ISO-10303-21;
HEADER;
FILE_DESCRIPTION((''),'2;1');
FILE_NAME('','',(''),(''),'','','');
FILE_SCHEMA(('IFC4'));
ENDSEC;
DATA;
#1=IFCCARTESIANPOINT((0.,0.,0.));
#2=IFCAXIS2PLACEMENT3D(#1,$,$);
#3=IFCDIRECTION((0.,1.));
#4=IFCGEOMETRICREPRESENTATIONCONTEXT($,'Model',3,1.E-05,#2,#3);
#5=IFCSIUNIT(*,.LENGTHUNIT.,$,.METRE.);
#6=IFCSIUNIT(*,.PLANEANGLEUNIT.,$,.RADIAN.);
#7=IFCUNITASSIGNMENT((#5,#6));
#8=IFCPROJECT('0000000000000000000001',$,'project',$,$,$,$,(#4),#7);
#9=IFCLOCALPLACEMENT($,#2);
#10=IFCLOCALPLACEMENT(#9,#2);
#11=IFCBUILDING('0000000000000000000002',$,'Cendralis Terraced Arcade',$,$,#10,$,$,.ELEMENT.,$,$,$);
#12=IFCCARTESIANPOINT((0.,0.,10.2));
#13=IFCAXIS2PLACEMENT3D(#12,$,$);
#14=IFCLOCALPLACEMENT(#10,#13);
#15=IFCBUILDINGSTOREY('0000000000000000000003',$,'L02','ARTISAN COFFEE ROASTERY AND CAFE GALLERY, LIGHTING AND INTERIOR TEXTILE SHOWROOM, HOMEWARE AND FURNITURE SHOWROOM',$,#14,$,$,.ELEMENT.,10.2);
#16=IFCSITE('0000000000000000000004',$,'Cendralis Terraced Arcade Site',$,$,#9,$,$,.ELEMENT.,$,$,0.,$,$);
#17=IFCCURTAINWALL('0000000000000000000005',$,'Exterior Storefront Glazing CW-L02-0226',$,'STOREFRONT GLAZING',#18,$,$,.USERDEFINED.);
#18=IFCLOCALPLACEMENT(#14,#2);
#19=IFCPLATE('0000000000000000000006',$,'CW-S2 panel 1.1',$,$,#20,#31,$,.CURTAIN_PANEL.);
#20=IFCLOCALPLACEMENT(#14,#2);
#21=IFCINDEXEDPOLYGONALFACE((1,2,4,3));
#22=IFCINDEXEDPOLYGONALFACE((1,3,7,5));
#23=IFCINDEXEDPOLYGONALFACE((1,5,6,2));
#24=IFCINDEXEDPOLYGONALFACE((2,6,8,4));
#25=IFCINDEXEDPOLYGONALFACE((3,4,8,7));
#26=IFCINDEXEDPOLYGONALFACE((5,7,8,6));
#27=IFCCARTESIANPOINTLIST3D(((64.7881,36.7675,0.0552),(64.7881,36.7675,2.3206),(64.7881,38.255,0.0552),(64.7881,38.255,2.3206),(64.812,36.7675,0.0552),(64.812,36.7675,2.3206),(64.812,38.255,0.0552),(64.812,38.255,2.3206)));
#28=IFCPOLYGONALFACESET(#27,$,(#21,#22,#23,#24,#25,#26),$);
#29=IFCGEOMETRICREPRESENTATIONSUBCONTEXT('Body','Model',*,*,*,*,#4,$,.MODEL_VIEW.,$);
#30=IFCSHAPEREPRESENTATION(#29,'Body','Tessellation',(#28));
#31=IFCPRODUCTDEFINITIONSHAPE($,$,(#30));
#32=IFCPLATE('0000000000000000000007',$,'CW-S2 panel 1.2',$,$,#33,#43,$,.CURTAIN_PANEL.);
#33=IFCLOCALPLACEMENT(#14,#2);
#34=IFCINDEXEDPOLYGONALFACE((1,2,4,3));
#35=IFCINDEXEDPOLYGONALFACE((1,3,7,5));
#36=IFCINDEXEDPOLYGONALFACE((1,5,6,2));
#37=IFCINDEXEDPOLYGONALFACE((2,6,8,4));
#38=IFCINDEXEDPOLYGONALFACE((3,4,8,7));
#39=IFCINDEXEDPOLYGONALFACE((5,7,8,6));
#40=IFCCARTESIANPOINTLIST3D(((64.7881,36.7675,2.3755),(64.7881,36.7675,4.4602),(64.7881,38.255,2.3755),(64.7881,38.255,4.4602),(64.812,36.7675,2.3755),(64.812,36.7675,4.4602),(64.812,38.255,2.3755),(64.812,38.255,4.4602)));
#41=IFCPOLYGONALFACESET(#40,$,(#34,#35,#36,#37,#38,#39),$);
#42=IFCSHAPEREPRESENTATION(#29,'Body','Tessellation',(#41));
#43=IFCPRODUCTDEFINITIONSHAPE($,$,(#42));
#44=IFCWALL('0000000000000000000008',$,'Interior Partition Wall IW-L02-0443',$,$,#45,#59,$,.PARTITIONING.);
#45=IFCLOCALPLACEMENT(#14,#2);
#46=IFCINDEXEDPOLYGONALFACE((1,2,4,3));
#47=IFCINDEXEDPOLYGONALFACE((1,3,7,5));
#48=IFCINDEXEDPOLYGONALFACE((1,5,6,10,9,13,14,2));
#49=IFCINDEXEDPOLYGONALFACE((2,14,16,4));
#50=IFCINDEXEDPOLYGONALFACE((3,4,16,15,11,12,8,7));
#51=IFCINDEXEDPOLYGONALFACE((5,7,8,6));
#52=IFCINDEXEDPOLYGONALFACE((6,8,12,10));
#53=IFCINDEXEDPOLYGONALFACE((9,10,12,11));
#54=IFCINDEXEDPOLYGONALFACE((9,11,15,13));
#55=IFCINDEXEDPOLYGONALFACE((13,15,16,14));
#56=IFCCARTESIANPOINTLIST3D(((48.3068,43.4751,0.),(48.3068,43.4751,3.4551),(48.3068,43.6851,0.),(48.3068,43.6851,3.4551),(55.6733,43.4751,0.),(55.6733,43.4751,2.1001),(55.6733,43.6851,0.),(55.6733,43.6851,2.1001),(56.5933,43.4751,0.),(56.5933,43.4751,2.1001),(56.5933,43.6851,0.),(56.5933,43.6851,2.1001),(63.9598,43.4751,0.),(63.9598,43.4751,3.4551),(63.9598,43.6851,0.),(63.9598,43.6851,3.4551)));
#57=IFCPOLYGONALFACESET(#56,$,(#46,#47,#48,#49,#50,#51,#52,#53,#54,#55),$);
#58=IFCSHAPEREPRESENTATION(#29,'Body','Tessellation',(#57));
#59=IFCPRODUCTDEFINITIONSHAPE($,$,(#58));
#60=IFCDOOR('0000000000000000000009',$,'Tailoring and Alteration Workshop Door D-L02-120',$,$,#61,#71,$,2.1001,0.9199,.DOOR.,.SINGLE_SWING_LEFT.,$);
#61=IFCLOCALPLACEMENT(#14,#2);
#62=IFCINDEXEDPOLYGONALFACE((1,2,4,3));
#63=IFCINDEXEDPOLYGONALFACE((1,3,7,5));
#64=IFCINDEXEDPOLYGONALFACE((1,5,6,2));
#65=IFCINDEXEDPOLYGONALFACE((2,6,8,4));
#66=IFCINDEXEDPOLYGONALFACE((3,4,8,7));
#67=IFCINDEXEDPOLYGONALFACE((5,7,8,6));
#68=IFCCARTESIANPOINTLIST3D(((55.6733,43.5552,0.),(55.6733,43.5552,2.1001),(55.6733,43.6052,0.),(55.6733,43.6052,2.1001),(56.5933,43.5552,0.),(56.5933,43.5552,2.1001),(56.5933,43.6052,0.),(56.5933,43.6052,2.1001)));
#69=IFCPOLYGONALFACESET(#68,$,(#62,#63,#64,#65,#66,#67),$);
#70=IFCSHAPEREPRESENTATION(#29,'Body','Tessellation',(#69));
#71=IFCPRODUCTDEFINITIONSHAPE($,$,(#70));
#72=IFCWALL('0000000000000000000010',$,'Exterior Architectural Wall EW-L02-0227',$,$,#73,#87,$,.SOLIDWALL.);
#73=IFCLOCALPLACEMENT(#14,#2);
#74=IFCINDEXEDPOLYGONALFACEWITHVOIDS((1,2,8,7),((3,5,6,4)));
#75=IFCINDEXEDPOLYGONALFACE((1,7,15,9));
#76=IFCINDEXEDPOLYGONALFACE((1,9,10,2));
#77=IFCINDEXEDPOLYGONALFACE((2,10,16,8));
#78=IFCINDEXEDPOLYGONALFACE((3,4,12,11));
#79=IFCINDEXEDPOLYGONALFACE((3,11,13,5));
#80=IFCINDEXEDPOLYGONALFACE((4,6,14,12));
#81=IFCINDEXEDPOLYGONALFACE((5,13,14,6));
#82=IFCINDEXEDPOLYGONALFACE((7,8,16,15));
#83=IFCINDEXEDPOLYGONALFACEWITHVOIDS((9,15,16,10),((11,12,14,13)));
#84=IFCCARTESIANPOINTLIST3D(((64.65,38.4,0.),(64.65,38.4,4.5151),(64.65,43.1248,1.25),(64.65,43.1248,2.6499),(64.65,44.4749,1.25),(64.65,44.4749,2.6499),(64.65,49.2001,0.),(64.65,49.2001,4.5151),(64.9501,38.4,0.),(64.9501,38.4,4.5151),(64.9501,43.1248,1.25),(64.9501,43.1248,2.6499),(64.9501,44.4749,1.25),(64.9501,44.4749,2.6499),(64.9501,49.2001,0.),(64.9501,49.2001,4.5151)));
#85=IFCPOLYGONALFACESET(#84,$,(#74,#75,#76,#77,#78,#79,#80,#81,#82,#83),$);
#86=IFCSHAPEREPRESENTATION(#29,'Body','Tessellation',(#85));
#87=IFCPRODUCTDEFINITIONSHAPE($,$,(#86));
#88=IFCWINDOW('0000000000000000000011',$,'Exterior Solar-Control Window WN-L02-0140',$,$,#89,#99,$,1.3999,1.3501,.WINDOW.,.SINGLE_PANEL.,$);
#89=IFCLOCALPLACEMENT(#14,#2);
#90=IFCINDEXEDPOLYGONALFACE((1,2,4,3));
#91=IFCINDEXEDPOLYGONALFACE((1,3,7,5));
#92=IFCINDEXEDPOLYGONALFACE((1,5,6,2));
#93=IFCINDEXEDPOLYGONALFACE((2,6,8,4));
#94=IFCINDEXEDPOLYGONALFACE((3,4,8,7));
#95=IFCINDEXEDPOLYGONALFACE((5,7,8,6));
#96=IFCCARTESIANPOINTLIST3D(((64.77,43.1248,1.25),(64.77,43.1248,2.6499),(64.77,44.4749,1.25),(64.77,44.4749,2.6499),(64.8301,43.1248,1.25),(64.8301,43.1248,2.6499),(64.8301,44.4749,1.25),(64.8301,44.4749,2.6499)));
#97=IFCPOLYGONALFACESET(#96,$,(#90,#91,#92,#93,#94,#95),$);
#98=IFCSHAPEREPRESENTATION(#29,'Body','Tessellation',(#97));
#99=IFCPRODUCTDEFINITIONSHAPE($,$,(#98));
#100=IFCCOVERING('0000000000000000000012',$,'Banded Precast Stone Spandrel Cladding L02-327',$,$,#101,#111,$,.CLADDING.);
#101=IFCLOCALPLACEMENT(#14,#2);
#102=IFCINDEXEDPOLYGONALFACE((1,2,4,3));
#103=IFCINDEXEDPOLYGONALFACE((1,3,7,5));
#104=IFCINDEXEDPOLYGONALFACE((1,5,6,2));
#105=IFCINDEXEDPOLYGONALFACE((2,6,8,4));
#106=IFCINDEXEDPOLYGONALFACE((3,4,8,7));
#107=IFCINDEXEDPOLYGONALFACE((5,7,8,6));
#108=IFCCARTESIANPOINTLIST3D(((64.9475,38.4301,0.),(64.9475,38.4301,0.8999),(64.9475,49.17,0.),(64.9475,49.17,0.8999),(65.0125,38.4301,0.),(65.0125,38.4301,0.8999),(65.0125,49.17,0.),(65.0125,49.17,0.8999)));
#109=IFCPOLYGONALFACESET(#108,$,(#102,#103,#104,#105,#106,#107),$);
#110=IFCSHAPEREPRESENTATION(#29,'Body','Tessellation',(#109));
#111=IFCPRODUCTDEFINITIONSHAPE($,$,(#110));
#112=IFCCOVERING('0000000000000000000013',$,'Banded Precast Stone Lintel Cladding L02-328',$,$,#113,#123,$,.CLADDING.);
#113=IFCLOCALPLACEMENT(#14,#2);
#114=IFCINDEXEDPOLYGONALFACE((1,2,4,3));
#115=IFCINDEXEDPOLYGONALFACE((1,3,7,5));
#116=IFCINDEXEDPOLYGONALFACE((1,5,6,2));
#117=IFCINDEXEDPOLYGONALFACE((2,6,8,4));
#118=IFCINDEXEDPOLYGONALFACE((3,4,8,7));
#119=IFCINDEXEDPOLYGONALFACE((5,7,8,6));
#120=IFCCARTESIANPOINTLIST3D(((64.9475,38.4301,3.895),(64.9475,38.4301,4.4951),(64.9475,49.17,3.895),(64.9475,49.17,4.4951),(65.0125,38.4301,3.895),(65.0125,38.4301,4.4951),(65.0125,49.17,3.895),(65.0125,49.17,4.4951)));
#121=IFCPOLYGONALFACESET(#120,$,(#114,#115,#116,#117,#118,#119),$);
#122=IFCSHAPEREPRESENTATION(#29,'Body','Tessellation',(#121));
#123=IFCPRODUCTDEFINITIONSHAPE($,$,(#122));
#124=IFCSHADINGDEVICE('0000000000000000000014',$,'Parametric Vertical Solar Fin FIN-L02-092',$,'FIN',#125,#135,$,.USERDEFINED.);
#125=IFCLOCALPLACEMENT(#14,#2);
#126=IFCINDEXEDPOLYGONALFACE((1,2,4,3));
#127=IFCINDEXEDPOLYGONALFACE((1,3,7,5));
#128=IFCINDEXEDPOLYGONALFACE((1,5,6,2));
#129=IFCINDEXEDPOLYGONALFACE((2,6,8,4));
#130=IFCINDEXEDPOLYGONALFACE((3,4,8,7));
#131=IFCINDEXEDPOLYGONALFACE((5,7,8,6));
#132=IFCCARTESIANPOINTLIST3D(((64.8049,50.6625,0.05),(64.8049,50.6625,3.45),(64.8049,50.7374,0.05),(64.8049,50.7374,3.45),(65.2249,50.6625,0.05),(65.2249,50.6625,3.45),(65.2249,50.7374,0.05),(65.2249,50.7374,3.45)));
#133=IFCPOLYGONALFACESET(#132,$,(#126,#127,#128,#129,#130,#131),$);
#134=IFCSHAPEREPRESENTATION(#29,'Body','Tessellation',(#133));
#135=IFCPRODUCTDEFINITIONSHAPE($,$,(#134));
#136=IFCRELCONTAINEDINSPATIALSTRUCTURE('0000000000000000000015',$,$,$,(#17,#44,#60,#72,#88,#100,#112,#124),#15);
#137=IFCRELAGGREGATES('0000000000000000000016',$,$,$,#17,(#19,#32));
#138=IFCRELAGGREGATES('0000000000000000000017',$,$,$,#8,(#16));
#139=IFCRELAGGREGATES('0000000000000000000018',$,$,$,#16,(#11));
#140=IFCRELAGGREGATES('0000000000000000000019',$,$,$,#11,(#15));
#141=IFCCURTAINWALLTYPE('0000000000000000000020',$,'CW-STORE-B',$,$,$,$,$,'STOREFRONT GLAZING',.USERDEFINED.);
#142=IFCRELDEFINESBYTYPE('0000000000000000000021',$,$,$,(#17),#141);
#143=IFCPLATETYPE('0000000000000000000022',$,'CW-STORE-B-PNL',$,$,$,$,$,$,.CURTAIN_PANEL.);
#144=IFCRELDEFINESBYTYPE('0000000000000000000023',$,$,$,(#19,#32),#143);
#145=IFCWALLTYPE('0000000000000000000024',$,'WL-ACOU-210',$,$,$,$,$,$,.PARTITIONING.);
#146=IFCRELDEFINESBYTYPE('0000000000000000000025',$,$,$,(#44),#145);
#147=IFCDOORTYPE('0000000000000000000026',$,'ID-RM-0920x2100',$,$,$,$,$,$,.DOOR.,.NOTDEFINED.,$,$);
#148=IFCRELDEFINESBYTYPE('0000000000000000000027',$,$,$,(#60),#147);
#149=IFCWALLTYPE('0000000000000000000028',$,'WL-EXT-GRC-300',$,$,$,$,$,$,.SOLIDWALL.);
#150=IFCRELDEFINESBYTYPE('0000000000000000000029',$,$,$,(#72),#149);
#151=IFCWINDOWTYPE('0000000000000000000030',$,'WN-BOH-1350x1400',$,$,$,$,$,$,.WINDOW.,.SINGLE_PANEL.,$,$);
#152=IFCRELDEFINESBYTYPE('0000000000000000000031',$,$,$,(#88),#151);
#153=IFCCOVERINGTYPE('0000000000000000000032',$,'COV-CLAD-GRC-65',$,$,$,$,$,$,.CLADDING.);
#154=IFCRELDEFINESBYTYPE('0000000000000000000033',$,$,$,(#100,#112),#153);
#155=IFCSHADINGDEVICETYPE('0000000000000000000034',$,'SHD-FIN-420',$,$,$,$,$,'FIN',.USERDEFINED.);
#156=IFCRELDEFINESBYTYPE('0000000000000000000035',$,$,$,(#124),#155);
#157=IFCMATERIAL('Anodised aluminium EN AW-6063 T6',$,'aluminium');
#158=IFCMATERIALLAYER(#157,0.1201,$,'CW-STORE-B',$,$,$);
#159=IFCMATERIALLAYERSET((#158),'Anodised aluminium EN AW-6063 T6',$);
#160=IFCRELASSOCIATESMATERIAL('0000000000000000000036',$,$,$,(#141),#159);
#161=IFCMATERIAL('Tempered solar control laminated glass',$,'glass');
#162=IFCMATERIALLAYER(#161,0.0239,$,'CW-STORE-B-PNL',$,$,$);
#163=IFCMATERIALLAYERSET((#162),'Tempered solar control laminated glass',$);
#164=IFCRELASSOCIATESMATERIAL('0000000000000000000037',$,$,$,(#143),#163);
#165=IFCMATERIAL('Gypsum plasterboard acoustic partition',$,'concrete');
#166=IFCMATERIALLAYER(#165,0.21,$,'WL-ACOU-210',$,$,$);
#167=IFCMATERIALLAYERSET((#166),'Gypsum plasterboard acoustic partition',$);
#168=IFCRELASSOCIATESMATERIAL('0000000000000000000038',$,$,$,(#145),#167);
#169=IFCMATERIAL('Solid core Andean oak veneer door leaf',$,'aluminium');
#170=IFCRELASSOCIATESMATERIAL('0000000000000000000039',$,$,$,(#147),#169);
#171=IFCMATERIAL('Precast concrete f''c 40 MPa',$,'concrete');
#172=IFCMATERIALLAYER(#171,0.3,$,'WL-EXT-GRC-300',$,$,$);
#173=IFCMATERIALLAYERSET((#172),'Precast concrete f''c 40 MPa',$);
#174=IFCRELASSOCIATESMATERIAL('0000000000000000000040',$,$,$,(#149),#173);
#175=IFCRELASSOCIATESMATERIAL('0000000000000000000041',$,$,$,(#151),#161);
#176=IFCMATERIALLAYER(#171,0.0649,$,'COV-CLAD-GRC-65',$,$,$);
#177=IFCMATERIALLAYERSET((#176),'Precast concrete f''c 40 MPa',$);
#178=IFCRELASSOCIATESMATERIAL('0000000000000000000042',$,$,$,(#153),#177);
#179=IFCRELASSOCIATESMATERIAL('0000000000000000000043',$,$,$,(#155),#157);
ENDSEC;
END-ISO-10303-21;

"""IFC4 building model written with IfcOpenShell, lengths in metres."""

from ifc_helpers import new_model, si_unit, direction, frame, frame_2d, origin, origin_2d, place, context, subcontext, project, spatial, rectangle, extrude, material, layer, layer_set, type_object, element, fill, aggregate, save


model = new_model("IFC4")

# Units and contexts
model_context = context("Model", 3, precision=1e-05, world=origin(), true_north=direction((0.0, 1.0)))
body_context = subcontext(model_context, "Body", "Model", "MODEL_VIEW")
ifc_project = project(units=[si_unit("LENGTHUNIT", "METRE"), si_unit("PLANEANGLEUNIT", "RADIAN")], contexts=[model_context])

# Site, building, storey
site_placement = place(None, origin())
site = spatial("IfcSite", under=ifc_project, at=site_placement, Name="Cendralis Terraced Arcade Site", CompositionType="ELEMENT", RefElevation=0.0)
building_placement = place(site_placement, origin())
building = spatial("IfcBuilding", under=site, at=building_placement, Name="Cendralis Terraced Arcade", CompositionType="ELEMENT")
storey_placement = place(building_placement, frame((0.0, 0.0, 10.2)))
storey = spatial("IfcBuildingStorey", under=building, at=storey_placement, Name="L02", Description="ARTISAN COFFEE ROASTERY AND CAFE GALLERY, LIGHTING AND INTERIOR TEXTILE SHOWROOM, HOMEWARE AND FURNITURE SHOWROOM", CompositionType="ELEMENT", Elevation=10.2)

# Shared definitions
ifc_material_1 = material(Name="Anodised aluminium EN AW-6063 T6", Category="aluminium")
ifc_layer_1 = layer(ifc_material_1, 0.1201, Name="CW-STORE-B")
ifc_layer_set_1 = layer_set([ifc_layer_1], Name="Anodised aluminium EN AW-6063 T6")
curtain_wall_type = type_object("IfcCurtainWallType", Name="CW-STORE-B", ElementType="STOREFRONT GLAZING", PredefinedType="USERDEFINED", material=ifc_layer_set_1)

# Curtain wall
curtain_wall_1_placement = place(storey_placement, origin())
curtain_wall_1 = element("IfcCurtainWall", 1, at=curtain_wall_1_placement, inside=storey, type_object=curtain_wall_type, Name="Exterior Storefront Glazing CW-L02-0226", ObjectType="STOREFRONT GLAZING", PredefinedType="USERDEFINED")

# Plates
ifc_material_2 = material(Name="Tempered solar control laminated glass", Category="glass")
ifc_layer_2 = layer(ifc_material_2, 0.0239, Name="CW-STORE-B-PNL")
ifc_layer_set_2 = layer_set([ifc_layer_2], Name="Tempered solar control laminated glass")
plate_type = type_object("IfcPlateType", Name="CW-STORE-B-PNL", PredefinedType="CURTAIN_PANEL", material=ifc_layer_set_2)
plate_1_placement = place(storey_placement, frame((64.8, 37.5112, 0.0552), z_axis=(0.0, 0.0, 1.0), x_axis=(0.0, -1.0, 0.0)))
plate_1 = element("IfcPlate", 2, at=plate_1_placement, type_object=plate_type, Name="CW-S2 panel 1.1", PredefinedType="CURTAIN_PANEL", context=body_context, shape_type="SweptSolid", body=[
    extrude(rectangle(XDim=1.4875, YDim=0.0239, at=origin_2d()), origin(), (0.0, 0.0, 1.0), 2.2654),
])
plate_2_placement = place(storey_placement, frame((64.8, 37.5112, 2.3755), z_axis=(0.0, 0.0, 1.0), x_axis=(0.0, -1.0, 0.0)))
plate_2 = element("IfcPlate", 3, at=plate_2_placement, type_object=plate_type, Name="CW-S2 panel 1.2", PredefinedType="CURTAIN_PANEL", context=body_context, shape_type="SweptSolid", body=[
    extrude(rectangle(XDim=1.4875, YDim=0.0239, at=origin_2d()), origin(), (0.0, 0.0, 1.0), 2.0847),
])
aggregate(curtain_wall_1, [plate_1, plate_2])

# Wall, opening, door
ifc_material_3 = material(Name="Gypsum plasterboard acoustic partition", Category="concrete")
ifc_layer_3 = layer(ifc_material_3, 0.21, Name="WL-ACOU-210")
ifc_layer_set_3 = layer_set([ifc_layer_3], Name="Gypsum plasterboard acoustic partition")
wall_type_1 = type_object("IfcWallType", Name="WL-ACOU-210", PredefinedType="PARTITIONING", material=ifc_layer_set_3)
wall_1_placement = place(storey_placement, frame((63.96, 43.5801, 0.0), z_axis=(0.0, 0.0, 1.0), x_axis=(-1.0, 0.0, 0.0)))
wall_1 = element("IfcWall", 4, at=wall_1_placement, inside=storey, type_object=wall_type_1, Name="Interior Partition Wall IW-L02-0443", PredefinedType="PARTITIONING", context=body_context, shape_type="SweptSolid", body=[
    extrude(rectangle(XDim=15.6531, YDim=0.21, at=frame_2d((7.8267, 0.0))), origin(), (0.0, 0.0, 1.0), 3.4551),
])
opening_1_placement = place(wall_1_placement, frame((7.3667, 0.0, 0.0)))
opening_1 = element("IfcOpeningElement", 5, at=opening_1_placement, cuts=wall_1, PredefinedType="OPENING", context=body_context, shape_type="SweptSolid", body=[
    extrude(rectangle(XDim=0.9199, YDim=2.1001, at=frame_2d((0.46, 1.05))), frame((0.0, 0.1169, 0.0), z_axis=(0.0, -1.0, 0.0), x_axis=(1.0, 0.0, 0.0)), (0.0, 0.0, 1.0), 0.2339),
])
ifc_material_4 = material(Name="Solid core Andean oak veneer door leaf", Category="aluminium")
door_type = type_object("IfcDoorType", Name="ID-RM-0920x2100", OperationType="NOTDEFINED", PredefinedType="DOOR", material=ifc_material_4)
door_placement = place(opening_1_placement, origin())
door = element("IfcDoor", 6, at=door_placement, inside=storey, type_object=door_type, Name="Tailoring and Alteration Workshop Door D-L02-120", OperationType="SINGLE_SWING_LEFT", OverallHeight=2.1001, OverallWidth=0.9199, PredefinedType="DOOR", context=body_context, shape_type="SweptSolid", body=[
    extrude(rectangle(XDim=0.9199, YDim=2.1001, at=frame_2d((0.46, 1.05))), frame((0.0, 0.0249, 0.0), z_axis=(0.0, -1.0, 0.0), x_axis=(1.0, 0.0, 0.0)), (0.0, 0.0, 1.0), 0.05),
])
fill(opening_1, door)

# Wall, opening, window
ifc_material_5 = material(Name="Precast concrete f'c 40 MPa", Category="concrete")
ifc_layer_4 = layer(ifc_material_5, 0.3, Name="WL-EXT-GRC-300")
ifc_layer_set_4 = layer_set([ifc_layer_4], Name="Precast concrete f'c 40 MPa")
wall_type_2 = type_object("IfcWallType", Name="WL-EXT-GRC-300", PredefinedType="SOLIDWALL", material=ifc_layer_set_4)
wall_2_placement = place(storey_placement, frame((64.8, 49.2, 0.0), z_axis=(0.0, 0.0, 1.0), x_axis=(0.0, -1.0, 0.0)))
wall_2 = element("IfcWall", 7, at=wall_2_placement, inside=storey, type_object=wall_type_2, Name="Exterior Architectural Wall EW-L02-0227", PredefinedType="SOLIDWALL", context=body_context, shape_type="SweptSolid", body=[
    extrude(rectangle(XDim=10.8, YDim=0.3, at=frame_2d((5.3999, 0.0))), origin(), (0.0, 0.0, 1.0), 4.5151),
])
opening_2_placement = place(wall_2_placement, frame((4.7251, 0.0, 1.25)))
opening_2 = element("IfcOpeningElement", 8, at=opening_2_placement, cuts=wall_2, PredefinedType="OPENING", context=body_context, shape_type="SweptSolid", body=[
    extrude(rectangle(XDim=1.3501, YDim=1.3999, at=frame_2d((0.675, 0.7))), frame((0.0, 0.1621, 0.0), z_axis=(0.0, -1.0, 0.0), x_axis=(1.0, 0.0, 0.0)), (0.0, 0.0, 1.0), 0.324),
])
window_type = type_object("IfcWindowType", Name="WN-BOH-1350x1400", PartitioningType="SINGLE_PANEL", PredefinedType="WINDOW", material=ifc_material_2)
window_placement = place(opening_2_placement, origin())
window = element("IfcWindow", 9, at=window_placement, inside=storey, type_object=window_type, Name="Exterior Solar-Control Window WN-L02-0140", OverallHeight=1.3999, OverallWidth=1.3501, PartitioningType="SINGLE_PANEL", PredefinedType="WINDOW", context=body_context, shape_type="SweptSolid", body=[
    extrude(rectangle(XDim=1.3501, YDim=1.3999, at=frame_2d((0.675, 0.7))), frame((0.0, 0.03, 0.0), z_axis=(0.0, -1.0, 0.0), x_axis=(1.0, 0.0, 0.0)), (0.0, 0.0, 1.0), 0.0601),
])
fill(opening_2, window)

# Coverings
ifc_layer_5 = layer(ifc_material_5, 0.0649, Name="COV-CLAD-GRC-65")
ifc_layer_set_5 = layer_set([ifc_layer_5], Name="Precast concrete f'c 40 MPa")
covering_type = type_object("IfcCoveringType", Name="COV-CLAD-GRC-65", PredefinedType="CLADDING", material=ifc_layer_set_5)
covering_1_placement = place(storey_placement, frame((64.98, 43.8, 0.0), z_axis=(0.0, 0.0, 1.0), x_axis=(0.0, -1.0, 0.0)))
element("IfcCovering", 10, at=covering_1_placement, inside=storey, type_object=covering_type, Name="Banded Precast Stone Spandrel Cladding L02-327", PredefinedType="CLADDING", context=body_context, shape_type="SweptSolid", body=[
    extrude(rectangle(XDim=10.74, YDim=0.0649, at=origin_2d()), origin(), (0.0, 0.0, 1.0), 0.8999),
])
covering_2_placement = place(storey_placement, frame((64.98, 43.8, 3.895), z_axis=(0.0, 0.0, 1.0), x_axis=(0.0, -1.0, 0.0)))
element("IfcCovering", 11, at=covering_2_placement, inside=storey, type_object=covering_type, Name="Banded Precast Stone Lintel Cladding L02-328", PredefinedType="CLADDING", context=body_context, shape_type="SweptSolid", body=[
    extrude(rectangle(XDim=10.74, YDim=0.0649, at=origin_2d()), origin(), (0.0, 0.0, 1.0), 0.6001),
])

# Shading device
shading_device_type = type_object("IfcShadingDeviceType", Name="SHD-FIN-420", ElementType="FIN", PredefinedType="USERDEFINED", material=ifc_material_1)
shading_device_placement = place(storey_placement, frame((65.0149, 50.7, 0.05), z_axis=(0.0, 0.0, 1.0), x_axis=(0.0, -1.0, 0.0)))
element("IfcShadingDevice", 12, at=shading_device_placement, inside=storey, type_object=shading_device_type, Name="Parametric Vertical Solar Fin FIN-L02-092", ObjectType="FIN", PredefinedType="USERDEFINED", context=body_context, shape_type="SweptSolid", body=[
    extrude(rectangle(XDim=0.075, YDim=0.4199, at=origin_2d()), origin(), (0.0, 0.0, 1.0), 3.3999),
])

save(model, "model.ifc")
